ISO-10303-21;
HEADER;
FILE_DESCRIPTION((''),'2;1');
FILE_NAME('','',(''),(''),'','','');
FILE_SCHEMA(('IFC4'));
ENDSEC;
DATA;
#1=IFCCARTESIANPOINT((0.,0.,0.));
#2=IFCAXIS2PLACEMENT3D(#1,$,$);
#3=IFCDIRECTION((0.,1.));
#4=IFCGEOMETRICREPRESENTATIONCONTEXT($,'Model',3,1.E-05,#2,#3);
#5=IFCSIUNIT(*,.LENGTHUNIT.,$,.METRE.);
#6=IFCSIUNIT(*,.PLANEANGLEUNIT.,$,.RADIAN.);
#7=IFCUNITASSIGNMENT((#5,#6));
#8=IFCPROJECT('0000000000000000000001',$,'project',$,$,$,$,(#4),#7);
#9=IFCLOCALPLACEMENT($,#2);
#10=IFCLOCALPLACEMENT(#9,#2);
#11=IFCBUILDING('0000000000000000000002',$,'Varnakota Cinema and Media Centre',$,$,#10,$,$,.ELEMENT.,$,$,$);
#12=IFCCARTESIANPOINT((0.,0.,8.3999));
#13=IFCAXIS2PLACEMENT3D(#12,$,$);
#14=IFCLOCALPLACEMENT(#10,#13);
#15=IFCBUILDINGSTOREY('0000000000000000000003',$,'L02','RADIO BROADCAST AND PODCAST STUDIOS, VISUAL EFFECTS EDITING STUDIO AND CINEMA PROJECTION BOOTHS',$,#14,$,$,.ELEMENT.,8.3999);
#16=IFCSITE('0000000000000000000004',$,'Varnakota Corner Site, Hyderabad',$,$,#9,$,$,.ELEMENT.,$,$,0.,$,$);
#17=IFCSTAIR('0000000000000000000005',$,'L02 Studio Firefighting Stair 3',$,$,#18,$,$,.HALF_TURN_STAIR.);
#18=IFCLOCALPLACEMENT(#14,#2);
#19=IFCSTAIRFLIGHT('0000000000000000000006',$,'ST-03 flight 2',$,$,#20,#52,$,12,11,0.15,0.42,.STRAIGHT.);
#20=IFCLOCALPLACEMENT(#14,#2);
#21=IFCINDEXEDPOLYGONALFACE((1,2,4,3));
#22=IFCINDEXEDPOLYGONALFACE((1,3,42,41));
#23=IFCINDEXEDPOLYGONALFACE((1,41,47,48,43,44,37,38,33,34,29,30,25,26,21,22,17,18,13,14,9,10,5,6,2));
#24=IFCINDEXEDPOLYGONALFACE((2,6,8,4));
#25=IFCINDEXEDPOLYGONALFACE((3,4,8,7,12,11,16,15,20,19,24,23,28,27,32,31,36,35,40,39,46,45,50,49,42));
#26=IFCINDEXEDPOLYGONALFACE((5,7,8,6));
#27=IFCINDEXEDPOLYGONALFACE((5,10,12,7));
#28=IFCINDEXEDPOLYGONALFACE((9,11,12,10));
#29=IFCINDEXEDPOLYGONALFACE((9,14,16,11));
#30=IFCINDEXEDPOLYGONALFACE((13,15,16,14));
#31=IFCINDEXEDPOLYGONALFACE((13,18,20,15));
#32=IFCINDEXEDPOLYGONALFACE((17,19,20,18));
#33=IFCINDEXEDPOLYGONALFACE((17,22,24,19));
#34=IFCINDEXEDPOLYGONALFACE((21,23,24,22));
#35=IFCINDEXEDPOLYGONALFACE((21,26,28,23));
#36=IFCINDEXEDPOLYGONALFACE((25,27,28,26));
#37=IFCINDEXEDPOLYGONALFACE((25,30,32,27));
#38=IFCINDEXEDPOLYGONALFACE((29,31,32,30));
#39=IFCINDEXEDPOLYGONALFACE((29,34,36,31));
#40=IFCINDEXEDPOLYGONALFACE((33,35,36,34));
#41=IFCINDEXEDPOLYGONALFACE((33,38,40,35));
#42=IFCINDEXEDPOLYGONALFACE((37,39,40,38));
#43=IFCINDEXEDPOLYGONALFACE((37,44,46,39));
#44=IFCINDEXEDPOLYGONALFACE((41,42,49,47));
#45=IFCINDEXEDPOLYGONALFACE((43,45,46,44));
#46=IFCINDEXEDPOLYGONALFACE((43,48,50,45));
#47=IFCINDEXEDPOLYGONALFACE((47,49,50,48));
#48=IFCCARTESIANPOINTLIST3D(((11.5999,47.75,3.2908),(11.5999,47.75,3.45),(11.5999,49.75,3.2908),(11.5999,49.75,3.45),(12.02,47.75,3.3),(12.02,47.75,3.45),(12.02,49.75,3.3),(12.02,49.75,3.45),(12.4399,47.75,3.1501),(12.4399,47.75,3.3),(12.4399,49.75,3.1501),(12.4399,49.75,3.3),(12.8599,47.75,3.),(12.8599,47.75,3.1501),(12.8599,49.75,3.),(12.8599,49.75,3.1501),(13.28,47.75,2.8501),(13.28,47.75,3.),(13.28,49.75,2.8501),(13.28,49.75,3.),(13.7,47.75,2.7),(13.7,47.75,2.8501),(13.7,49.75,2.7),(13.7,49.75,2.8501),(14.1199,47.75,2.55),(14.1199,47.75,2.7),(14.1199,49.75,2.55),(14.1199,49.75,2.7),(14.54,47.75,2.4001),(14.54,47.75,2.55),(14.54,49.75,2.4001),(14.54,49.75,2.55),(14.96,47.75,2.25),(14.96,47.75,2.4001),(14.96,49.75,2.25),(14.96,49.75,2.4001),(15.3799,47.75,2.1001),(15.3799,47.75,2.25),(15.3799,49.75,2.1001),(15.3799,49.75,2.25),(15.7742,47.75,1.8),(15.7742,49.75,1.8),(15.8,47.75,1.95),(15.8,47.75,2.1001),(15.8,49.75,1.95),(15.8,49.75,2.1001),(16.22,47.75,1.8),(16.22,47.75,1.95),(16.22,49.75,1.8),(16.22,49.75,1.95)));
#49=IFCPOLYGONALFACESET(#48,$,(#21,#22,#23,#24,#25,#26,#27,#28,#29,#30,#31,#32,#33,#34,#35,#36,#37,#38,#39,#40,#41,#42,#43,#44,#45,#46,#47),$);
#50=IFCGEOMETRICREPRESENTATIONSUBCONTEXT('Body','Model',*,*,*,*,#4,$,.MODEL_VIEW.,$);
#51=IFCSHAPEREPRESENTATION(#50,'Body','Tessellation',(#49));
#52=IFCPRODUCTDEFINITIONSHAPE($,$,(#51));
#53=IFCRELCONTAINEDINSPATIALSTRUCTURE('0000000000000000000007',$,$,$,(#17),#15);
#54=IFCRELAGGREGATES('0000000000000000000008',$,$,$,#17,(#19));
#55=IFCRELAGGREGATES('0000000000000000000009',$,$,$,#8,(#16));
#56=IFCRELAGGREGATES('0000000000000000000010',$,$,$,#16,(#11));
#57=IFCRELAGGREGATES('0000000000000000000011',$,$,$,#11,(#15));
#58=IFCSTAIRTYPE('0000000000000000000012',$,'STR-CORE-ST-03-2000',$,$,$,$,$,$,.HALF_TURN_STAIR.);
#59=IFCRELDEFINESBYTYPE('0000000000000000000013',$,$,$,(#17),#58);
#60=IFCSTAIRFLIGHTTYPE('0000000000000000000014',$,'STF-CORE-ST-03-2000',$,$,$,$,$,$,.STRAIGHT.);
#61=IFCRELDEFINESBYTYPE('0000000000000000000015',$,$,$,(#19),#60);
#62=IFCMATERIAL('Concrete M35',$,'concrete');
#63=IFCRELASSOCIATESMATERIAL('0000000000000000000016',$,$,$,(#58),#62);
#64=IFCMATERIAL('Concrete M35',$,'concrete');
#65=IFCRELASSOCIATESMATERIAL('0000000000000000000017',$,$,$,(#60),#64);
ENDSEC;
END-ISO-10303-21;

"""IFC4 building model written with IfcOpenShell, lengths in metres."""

from ifc_helpers import new_model, si_unit, direction, frame, origin, place, context, subcontext, project, spatial, polyline, outline, extrude, material, type_object, element, aggregate, save


model = new_model("IFC4")

# Units and contexts
model_context = context("Model", 3, precision=1e-05, world=origin(), true_north=direction((0.0, 1.0)))
body_context = subcontext(model_context, "Body", "Model", "MODEL_VIEW")
ifc_project = project(units=[si_unit("LENGTHUNIT", "METRE"), si_unit("PLANEANGLEUNIT", "RADIAN")], contexts=[model_context])

# Site, building, storey
site_placement = place(None, origin())
site = spatial("IfcSite", under=ifc_project, at=site_placement, Name="Varnakota Corner Site, Hyderabad", CompositionType="ELEMENT", RefElevation=0.0)
building_placement = place(site_placement, origin())
building = spatial("IfcBuilding", under=site, at=building_placement, Name="Varnakota Cinema and Media Centre", CompositionType="ELEMENT")
storey_placement = place(building_placement, frame((0.0, 0.0, 8.3999)))
storey = spatial("IfcBuildingStorey", under=building, at=storey_placement, Name="L02", Description="RADIO BROADCAST AND PODCAST STUDIOS, VISUAL EFFECTS EDITING STUDIO AND CINEMA PROJECTION BOOTHS", CompositionType="ELEMENT", Elevation=8.3999)

# Stair, stair flight
ifc_material_1 = material(Name="Concrete M35", Category="concrete")
stair_type = type_object("IfcStairType", Name="STR-CORE-ST-03-2000", PredefinedType="HALF_TURN_STAIR", material=ifc_material_1)
stair_placement = place(storey_placement, origin())
stair = element("IfcStair", 1, at=stair_placement, inside=storey, type_object=stair_type, Name="L02 Studio Firefighting Stair 3", PredefinedType="HALF_TURN_STAIR")
ifc_material_2 = material(Name="Concrete M35", Category="concrete")
stair_flight_type = type_object("IfcStairFlightType", Name="STF-CORE-ST-03-2000", PredefinedType="STRAIGHT", material=ifc_material_2)
stair_flight_1_placement = place(storey_placement, frame((16.22, 48.75, 1.8), z_axis=(0.0, 0.0, 1.0), x_axis=(-1.0, 0.0, 0.0)))
stair_flight_1 = element("IfcStairFlight", 2, at=stair_flight_1_placement, type_object=stair_flight_type, Name="ST-03 flight 2", NumberOfRisers=12, NumberOfTreads=11, PredefinedType="STRAIGHT", RiserHeight=0.15, TreadLength=0.42, context=body_context, shape_type="SweptSolid", body=[
    extrude(outline(polyline([(0.0, 0.0), (0.0, 0.1499), (0.4199, 0.1499), (0.4199, 0.3), (0.8401, 0.3), (0.8401, 0.45), (1.26, 0.45), (1.26, 0.6001), (1.6799, 0.6001), (1.6799, 0.75), (2.1001, 0.75), (2.1001, 0.8999), (2.52, 0.8999), (2.52, 1.05), (2.9399, 1.05), (2.9399, 1.2), (3.3601, 1.2), (3.3601, 1.3501), (3.78, 1.3501), (3.78, 1.5), (4.2, 1.5), (4.2, 1.6499), (4.6201, 1.6499), (4.6201, 1.8), (4.6201, 1.4907), (0.4458, 0.0), (0.0, 0.0)])), frame((0.0, 1.0, 0.0), z_axis=(0.0, -1.0, 0.0), x_axis=(1.0, 0.0, 0.0)), (0.0, 0.0, 1.0), 2.0),
])
aggregate(stair, [stair_flight_1])

save(model, "model.ifc")
